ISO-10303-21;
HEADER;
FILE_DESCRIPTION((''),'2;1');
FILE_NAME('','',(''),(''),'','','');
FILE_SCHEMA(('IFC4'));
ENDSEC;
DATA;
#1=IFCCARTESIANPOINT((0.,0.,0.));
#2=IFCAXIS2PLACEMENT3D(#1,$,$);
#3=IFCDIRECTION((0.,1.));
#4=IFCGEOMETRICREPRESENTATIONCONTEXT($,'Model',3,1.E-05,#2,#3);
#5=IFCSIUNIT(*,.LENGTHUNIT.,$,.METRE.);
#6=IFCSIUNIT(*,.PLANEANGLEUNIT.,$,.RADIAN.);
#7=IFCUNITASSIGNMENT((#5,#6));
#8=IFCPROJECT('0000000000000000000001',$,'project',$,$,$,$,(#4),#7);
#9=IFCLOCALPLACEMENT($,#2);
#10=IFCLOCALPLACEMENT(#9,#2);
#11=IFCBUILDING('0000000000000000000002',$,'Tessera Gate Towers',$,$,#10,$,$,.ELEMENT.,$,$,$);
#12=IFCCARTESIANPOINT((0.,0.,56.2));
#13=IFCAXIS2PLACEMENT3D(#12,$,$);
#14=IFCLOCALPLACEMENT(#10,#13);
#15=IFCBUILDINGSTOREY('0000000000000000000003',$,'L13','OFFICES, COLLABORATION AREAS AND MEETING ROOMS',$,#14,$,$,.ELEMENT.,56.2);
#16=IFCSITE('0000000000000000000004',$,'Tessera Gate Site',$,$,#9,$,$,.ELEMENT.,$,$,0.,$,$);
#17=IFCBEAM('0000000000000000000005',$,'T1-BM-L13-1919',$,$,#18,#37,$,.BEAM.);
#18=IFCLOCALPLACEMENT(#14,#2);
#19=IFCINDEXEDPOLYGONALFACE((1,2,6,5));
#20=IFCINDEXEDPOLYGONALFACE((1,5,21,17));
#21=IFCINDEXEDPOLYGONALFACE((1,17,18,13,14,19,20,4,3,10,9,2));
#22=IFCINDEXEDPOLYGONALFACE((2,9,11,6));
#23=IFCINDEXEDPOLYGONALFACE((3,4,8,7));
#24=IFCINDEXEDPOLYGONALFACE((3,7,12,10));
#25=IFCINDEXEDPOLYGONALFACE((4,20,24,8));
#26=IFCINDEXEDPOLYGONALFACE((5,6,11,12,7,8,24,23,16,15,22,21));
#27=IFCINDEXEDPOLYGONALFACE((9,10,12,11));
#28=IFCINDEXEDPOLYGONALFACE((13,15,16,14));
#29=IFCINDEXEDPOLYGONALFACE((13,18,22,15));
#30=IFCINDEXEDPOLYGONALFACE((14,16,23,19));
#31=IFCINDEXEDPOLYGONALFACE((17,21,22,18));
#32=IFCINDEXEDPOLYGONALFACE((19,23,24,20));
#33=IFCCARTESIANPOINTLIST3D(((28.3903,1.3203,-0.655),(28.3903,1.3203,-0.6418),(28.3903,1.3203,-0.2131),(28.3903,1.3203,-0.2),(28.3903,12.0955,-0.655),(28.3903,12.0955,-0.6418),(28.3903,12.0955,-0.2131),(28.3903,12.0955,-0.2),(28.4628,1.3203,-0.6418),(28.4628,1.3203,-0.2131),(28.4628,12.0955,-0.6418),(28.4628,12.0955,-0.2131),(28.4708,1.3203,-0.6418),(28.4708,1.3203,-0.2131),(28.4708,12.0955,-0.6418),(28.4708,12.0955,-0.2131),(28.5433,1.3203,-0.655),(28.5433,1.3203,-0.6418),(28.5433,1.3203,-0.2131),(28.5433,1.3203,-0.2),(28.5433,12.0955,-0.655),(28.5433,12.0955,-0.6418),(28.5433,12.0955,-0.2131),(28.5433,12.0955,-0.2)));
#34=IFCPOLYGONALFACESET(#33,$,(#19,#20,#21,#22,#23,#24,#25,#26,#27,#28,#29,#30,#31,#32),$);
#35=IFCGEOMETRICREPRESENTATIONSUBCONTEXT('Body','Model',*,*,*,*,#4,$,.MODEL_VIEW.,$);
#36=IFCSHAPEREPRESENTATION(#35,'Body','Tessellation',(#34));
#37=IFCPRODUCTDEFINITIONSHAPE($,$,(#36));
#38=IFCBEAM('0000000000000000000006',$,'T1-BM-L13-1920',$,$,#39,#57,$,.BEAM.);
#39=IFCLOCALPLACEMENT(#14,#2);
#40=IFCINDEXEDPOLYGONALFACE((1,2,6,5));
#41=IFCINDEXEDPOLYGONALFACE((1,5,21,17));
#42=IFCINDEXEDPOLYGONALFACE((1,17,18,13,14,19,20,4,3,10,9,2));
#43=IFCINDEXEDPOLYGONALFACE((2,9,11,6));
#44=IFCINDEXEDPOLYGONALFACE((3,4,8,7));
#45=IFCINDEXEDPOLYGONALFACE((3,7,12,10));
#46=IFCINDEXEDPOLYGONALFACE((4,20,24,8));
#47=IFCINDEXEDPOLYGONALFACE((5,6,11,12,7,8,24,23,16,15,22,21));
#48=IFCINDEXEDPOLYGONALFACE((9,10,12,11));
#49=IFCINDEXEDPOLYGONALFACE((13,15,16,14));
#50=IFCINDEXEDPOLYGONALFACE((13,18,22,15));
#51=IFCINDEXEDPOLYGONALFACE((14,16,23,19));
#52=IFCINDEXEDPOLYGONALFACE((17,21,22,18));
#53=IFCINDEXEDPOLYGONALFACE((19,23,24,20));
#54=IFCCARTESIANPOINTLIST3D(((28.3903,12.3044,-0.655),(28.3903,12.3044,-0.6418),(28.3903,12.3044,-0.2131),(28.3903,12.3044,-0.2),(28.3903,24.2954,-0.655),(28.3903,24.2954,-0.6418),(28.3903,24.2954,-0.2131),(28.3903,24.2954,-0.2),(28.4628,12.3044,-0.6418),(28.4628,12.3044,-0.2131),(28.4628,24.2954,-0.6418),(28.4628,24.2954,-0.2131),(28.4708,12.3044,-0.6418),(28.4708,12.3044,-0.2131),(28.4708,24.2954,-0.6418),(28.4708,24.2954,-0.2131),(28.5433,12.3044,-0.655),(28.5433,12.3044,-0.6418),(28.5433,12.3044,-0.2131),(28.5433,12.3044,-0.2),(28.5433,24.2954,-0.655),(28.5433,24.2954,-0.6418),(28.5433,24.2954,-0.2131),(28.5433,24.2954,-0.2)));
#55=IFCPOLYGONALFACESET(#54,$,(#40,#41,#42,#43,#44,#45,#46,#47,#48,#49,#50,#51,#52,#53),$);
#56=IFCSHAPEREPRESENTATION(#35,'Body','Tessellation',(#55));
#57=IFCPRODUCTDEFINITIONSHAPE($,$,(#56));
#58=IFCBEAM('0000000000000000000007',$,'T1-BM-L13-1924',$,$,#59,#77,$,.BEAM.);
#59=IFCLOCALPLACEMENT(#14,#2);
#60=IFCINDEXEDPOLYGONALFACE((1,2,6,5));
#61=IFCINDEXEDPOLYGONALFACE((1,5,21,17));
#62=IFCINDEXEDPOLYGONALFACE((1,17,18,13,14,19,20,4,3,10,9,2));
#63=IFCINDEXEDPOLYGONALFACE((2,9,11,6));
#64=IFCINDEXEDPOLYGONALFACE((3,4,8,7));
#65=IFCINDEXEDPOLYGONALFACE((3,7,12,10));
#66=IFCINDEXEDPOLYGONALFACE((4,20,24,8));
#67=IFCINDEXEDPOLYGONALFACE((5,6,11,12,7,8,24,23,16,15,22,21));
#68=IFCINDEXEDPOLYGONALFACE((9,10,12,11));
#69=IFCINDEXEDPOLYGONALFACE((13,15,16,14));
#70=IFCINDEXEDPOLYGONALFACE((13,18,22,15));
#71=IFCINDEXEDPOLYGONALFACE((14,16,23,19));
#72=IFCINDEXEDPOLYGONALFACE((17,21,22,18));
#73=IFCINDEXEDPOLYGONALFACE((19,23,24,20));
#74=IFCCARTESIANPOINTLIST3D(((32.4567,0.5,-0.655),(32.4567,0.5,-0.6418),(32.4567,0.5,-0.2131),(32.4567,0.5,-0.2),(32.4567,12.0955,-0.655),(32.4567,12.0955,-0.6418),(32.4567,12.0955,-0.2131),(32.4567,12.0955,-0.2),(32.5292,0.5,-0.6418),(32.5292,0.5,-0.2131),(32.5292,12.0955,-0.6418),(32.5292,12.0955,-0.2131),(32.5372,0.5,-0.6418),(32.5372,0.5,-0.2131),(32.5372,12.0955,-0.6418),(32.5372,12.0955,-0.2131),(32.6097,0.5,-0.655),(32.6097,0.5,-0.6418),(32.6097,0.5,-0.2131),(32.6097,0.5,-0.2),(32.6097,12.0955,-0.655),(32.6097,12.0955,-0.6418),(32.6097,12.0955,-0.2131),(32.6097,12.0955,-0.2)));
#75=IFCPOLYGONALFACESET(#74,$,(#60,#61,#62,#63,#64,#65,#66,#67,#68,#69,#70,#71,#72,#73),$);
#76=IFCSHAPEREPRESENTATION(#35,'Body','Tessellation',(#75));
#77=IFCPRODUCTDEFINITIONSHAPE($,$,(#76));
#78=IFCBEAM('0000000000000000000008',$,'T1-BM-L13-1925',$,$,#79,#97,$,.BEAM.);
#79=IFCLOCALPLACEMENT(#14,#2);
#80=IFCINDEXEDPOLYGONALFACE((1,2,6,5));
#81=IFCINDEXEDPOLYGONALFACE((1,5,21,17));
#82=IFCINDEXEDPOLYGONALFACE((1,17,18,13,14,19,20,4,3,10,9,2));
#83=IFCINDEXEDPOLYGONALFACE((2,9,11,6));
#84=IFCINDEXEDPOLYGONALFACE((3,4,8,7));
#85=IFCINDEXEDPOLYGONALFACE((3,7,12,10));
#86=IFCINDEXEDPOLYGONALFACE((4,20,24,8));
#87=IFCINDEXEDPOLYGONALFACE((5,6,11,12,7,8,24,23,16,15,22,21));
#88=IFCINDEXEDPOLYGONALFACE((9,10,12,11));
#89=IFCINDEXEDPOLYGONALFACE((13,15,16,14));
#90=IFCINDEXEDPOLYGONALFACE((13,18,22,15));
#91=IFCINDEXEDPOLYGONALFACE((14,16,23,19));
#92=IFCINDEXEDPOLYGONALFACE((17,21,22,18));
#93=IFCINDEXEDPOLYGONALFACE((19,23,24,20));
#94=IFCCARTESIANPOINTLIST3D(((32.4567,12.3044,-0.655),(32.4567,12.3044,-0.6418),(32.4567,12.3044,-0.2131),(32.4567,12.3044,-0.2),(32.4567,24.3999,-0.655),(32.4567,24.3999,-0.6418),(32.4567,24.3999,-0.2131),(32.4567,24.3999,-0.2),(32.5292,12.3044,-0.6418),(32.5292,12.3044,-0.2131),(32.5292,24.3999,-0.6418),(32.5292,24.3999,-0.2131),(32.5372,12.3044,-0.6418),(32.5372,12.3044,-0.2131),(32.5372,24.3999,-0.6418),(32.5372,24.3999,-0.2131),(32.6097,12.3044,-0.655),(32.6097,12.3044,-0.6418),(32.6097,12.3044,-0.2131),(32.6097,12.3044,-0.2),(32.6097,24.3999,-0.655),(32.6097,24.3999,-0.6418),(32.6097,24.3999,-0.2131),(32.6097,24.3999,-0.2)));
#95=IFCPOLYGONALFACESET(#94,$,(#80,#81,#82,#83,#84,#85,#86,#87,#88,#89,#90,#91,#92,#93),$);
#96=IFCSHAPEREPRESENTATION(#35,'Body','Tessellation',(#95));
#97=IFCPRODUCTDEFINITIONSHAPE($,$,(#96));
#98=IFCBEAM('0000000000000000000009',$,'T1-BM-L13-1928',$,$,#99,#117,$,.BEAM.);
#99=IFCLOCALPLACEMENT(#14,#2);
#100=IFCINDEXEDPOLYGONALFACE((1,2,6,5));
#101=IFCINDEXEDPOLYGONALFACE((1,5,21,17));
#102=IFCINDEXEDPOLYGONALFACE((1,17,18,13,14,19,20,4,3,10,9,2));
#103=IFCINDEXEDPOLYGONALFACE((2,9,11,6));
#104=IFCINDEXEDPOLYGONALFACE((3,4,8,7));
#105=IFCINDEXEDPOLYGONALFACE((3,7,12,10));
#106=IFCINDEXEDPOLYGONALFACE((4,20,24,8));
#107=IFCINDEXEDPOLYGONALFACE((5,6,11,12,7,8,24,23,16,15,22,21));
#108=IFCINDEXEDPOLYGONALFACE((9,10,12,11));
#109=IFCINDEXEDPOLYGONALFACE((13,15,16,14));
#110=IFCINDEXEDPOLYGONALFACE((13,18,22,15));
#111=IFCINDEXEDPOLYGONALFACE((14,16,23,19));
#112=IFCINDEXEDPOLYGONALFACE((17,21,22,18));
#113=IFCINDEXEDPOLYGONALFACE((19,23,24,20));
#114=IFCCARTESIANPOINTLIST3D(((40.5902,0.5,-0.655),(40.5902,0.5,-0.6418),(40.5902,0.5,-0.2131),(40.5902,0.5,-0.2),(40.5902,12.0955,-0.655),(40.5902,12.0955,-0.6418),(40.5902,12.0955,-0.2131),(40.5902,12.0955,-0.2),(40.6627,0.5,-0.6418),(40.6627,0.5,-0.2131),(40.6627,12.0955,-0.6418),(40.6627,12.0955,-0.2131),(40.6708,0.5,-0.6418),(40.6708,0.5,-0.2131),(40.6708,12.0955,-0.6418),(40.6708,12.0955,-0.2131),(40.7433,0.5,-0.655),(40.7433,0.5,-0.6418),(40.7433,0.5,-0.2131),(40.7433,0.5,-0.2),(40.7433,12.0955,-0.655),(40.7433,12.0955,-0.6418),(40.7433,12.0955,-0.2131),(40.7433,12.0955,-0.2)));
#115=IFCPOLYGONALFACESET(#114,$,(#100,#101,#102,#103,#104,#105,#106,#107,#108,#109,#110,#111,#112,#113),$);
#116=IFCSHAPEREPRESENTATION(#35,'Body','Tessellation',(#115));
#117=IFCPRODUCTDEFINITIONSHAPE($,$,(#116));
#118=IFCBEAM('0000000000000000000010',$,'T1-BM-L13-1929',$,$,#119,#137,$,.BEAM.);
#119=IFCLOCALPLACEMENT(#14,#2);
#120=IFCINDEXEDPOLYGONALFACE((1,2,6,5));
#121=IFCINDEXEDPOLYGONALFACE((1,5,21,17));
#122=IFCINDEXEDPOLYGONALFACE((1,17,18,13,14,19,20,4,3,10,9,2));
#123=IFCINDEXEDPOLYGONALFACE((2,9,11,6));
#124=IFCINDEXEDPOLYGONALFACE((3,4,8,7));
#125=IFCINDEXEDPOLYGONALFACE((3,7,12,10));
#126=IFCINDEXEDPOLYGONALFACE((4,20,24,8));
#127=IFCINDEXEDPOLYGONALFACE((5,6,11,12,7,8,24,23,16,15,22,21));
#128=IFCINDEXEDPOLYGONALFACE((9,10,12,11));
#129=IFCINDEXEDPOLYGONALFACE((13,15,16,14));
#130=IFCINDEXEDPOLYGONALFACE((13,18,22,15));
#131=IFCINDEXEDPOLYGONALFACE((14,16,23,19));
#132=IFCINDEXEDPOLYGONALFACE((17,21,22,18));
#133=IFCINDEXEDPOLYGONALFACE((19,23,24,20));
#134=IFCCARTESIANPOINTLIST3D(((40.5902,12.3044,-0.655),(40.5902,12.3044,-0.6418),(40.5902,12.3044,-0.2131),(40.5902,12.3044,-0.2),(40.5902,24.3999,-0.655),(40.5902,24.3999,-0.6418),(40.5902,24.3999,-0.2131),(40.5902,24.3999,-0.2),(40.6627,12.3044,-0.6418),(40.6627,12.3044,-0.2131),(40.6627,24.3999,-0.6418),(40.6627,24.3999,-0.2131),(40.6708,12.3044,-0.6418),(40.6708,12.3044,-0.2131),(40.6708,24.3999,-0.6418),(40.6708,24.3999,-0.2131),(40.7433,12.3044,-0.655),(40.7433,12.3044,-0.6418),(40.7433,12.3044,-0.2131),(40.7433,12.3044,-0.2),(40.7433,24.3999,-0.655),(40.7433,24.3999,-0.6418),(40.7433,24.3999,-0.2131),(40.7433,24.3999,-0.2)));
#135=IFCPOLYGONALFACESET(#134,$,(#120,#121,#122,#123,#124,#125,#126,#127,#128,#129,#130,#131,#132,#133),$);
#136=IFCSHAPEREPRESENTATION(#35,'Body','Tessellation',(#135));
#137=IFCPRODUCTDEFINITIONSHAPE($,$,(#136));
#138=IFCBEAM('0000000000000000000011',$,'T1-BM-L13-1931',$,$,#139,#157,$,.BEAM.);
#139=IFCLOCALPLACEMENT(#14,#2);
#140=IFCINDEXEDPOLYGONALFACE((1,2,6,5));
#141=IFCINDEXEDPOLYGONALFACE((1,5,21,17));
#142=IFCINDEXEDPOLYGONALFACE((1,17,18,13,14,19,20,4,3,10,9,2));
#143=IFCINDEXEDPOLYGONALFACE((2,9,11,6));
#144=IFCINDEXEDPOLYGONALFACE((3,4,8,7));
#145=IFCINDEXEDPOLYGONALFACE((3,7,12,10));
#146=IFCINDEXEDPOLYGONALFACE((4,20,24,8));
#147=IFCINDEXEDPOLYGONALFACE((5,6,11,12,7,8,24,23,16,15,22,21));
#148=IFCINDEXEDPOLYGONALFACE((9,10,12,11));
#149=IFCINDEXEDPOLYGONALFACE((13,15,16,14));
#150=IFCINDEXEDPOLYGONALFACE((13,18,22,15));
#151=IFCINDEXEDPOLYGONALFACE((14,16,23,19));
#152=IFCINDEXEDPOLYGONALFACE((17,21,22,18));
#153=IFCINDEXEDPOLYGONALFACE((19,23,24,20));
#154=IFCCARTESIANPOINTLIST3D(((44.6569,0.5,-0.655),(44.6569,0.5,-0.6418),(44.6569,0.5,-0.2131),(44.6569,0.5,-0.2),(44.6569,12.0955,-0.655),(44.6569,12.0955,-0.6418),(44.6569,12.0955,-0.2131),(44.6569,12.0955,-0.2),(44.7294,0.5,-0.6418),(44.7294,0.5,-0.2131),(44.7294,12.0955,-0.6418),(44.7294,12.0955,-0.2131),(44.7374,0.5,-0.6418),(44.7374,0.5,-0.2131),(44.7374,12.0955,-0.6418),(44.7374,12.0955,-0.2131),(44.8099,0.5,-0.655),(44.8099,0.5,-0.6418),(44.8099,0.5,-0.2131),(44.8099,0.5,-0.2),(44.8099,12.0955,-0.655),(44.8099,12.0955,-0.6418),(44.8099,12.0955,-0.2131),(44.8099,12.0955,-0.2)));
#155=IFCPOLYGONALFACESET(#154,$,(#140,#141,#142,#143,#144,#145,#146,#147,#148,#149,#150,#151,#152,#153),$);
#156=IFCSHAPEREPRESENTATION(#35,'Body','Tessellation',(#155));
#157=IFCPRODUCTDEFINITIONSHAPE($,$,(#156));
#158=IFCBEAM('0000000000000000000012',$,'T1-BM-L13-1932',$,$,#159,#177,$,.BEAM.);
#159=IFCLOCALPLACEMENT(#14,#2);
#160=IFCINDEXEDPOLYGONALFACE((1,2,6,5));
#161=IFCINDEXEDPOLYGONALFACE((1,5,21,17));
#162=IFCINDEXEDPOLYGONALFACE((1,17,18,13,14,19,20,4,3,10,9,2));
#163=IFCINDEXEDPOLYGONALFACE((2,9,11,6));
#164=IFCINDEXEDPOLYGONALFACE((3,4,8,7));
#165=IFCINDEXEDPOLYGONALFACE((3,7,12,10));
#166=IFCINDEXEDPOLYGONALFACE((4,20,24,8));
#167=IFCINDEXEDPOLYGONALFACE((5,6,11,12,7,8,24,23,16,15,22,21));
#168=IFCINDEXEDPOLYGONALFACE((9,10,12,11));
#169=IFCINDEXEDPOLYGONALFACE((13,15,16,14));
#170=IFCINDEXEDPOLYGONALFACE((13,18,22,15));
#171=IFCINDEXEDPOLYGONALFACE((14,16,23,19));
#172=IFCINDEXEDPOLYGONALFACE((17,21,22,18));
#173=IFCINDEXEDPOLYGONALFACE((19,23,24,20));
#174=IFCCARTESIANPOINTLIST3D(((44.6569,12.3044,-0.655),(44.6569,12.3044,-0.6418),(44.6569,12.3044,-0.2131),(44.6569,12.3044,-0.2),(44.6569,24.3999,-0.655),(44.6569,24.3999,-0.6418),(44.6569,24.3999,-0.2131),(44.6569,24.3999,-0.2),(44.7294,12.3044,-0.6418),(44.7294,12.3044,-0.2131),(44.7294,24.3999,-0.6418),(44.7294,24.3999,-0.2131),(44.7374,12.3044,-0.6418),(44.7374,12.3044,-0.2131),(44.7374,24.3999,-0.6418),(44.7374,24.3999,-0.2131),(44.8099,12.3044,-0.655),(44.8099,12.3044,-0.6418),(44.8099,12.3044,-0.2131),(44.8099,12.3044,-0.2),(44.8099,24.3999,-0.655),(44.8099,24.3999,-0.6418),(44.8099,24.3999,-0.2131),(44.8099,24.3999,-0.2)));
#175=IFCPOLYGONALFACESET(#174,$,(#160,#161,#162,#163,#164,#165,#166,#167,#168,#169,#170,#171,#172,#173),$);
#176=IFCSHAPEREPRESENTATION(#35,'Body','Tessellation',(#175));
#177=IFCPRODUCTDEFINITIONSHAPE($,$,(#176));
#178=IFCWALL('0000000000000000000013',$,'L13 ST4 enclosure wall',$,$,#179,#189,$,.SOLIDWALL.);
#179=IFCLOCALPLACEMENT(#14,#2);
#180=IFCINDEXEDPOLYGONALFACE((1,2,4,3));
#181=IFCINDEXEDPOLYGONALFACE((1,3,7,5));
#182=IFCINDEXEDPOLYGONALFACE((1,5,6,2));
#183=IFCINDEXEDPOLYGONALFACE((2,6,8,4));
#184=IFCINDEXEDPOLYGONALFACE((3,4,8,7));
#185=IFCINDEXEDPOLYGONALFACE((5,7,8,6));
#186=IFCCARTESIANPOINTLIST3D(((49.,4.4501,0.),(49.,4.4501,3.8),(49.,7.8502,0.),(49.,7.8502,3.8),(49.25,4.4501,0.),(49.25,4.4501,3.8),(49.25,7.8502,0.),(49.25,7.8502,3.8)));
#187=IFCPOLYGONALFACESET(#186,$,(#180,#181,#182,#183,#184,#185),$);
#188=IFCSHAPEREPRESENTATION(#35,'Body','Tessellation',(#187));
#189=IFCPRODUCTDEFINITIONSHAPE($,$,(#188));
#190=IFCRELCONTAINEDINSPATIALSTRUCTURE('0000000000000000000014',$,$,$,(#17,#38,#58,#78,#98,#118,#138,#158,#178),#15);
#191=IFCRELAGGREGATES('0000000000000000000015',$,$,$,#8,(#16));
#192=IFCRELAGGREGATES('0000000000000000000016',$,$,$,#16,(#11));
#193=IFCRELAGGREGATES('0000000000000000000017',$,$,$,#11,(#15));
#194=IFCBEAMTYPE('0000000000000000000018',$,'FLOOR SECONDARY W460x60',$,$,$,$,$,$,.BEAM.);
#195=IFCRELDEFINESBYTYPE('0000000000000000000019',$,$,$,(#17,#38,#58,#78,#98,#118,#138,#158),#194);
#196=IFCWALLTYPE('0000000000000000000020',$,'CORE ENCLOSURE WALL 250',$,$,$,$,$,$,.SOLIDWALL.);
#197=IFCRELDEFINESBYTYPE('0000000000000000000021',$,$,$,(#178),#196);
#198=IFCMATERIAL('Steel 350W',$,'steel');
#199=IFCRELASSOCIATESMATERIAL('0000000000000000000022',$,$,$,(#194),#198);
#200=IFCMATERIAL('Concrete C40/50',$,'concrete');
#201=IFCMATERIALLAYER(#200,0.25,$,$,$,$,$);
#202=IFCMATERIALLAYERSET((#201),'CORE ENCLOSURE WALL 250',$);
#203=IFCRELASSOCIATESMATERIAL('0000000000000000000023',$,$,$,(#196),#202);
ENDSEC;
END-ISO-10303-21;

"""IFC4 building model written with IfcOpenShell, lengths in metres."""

from ifc_helpers import new_model, si_unit, direction, frame, frame_2d, origin, origin_2d, place, context, subcontext, project, spatial, rectangle, i_section, extrude, material, layer, layer_set, material_profile, profile_set, type_object, element, save


model = new_model("IFC4")

# Units and contexts
model_context = context("Model", 3, precision=1e-05, world=origin(), true_north=direction((0.0, 1.0)))
body_context = subcontext(model_context, "Body", "Model", "MODEL_VIEW")
ifc_project = project(units=[si_unit("LENGTHUNIT", "METRE"), si_unit("PLANEANGLEUNIT", "RADIAN")], contexts=[model_context])

# Site, building, storey
site_placement = place(None, origin())
site = spatial("IfcSite", under=ifc_project, at=site_placement, Name="Tessera Gate Site", CompositionType="ELEMENT", RefElevation=0.0)
building_placement = place(site_placement, origin())
building = spatial("IfcBuilding", under=site, at=building_placement, Name="Tessera Gate Towers", CompositionType="ELEMENT")
storey_placement = place(building_placement, frame((0.0, 0.0, 56.2)))
storey = spatial("IfcBuildingStorey", under=building, at=storey_placement, Name="L13", Description="OFFICES, COLLABORATION AREAS AND MEETING ROOMS", CompositionType="ELEMENT", Elevation=56.2)

# Beams
ifc_material_1 = material(Name="Steel 350W", Category="steel")
ifc_material_profile_1 = material_profile(ifc_material_1, i_section(OverallWidth=0.1531, OverallDepth=0.4551, WebThickness=0.0081, FlangeThickness=0.0132, at=origin_2d()), Name="W460x60")
ifc_profile_set_1 = profile_set([ifc_material_profile_1], Name="Steel 350W")
beam_type_1 = type_object("IfcBeamType", Name="FLOOR SECONDARY W460x60", PredefinedType="BEAM", material=ifc_profile_set_1)
beam_1_placement = place(storey_placement, frame((28.4668, 1.3203, -0.4275), z_axis=(0.0, 1.0, 0.0), x_axis=(-1.0, 0.0, 0.0)))
element("IfcBeam", 1, at=beam_1_placement, inside=storey, type_object=beam_type_1, Name="T1-BM-L13-1919", PredefinedType="BEAM", context=body_context, shape_type="SweptSolid", body=[
    extrude(i_section(OverallWidth=0.1531, OverallDepth=0.4551, WebThickness=0.0081, FlangeThickness=0.0132, at=origin_2d()), origin(), (0.0, 0.0, 1.0), 10.7751),
])
beam_2_placement = place(storey_placement, frame((28.4668, 12.3044, -0.4275), z_axis=(0.0, 1.0, 0.0), x_axis=(-1.0, 0.0, 0.0)))
element("IfcBeam", 2, at=beam_2_placement, inside=storey, type_object=beam_type_1, Name="T1-BM-L13-1920", PredefinedType="BEAM", context=body_context, shape_type="SweptSolid", body=[
    extrude(i_section(OverallWidth=0.1531, OverallDepth=0.4551, WebThickness=0.0081, FlangeThickness=0.0132, at=origin_2d()), origin(), (0.0, 0.0, 1.0), 11.991),
])
beam_3_placement = place(storey_placement, frame((32.5332, 0.5, -0.4275), z_axis=(0.0, 1.0, 0.0), x_axis=(-1.0, 0.0, 0.0)))
element("IfcBeam", 3, at=beam_3_placement, inside=storey, type_object=beam_type_1, Name="T1-BM-L13-1924", PredefinedType="BEAM", context=body_context, shape_type="SweptSolid", body=[
    extrude(i_section(OverallWidth=0.1531, OverallDepth=0.4551, WebThickness=0.0081, FlangeThickness=0.0132, at=origin_2d()), origin(), (0.0, 0.0, 1.0), 11.5955),
])
beam_4_placement = place(storey_placement, frame((32.5332, 12.3044, -0.4275), z_axis=(0.0, 1.0, 0.0), x_axis=(-1.0, 0.0, 0.0)))
element("IfcBeam", 4, at=beam_4_placement, inside=storey, type_object=beam_type_1, Name="T1-BM-L13-1925", PredefinedType="BEAM", context=body_context, shape_type="SweptSolid", body=[
    extrude(i_section(OverallWidth=0.1531, OverallDepth=0.4551, WebThickness=0.0081, FlangeThickness=0.0132, at=origin_2d()), origin(), (0.0, 0.0, 1.0), 12.0955),
])
beam_5_placement = place(storey_placement, frame((40.6667, 0.5, -0.4275), z_axis=(0.0, 1.0, 0.0), x_axis=(-1.0, 0.0, 0.0)))
element("IfcBeam", 5, at=beam_5_placement, inside=storey, type_object=beam_type_1, Name="T1-BM-L13-1928", PredefinedType="BEAM", context=body_context, shape_type="SweptSolid", body=[
    extrude(i_section(OverallWidth=0.1531, OverallDepth=0.4551, WebThickness=0.0081, FlangeThickness=0.0132, at=origin_2d()), origin(), (0.0, 0.0, 1.0), 11.5955),
])
beam_6_placement = place(storey_placement, frame((40.6667, 12.3044, -0.4275), z_axis=(0.0, 1.0, 0.0), x_axis=(-1.0, 0.0, 0.0)))
element("IfcBeam", 6, at=beam_6_placement, inside=storey, type_object=beam_type_1, Name="T1-BM-L13-1929", PredefinedType="BEAM", context=body_context, shape_type="SweptSolid", body=[
    extrude(i_section(OverallWidth=0.1531, OverallDepth=0.4551, WebThickness=0.0081, FlangeThickness=0.0132, at=origin_2d()), origin(), (0.0, 0.0, 1.0), 12.0955),
])
beam_7_placement = place(storey_placement, frame((44.7334, 0.5, -0.4275), z_axis=(0.0, 1.0, 0.0), x_axis=(-1.0, 0.0, 0.0)))
element("IfcBeam", 7, at=beam_7_placement, inside=storey, type_object=beam_type_1, Name="T1-BM-L13-1931", PredefinedType="BEAM", context=body_context, shape_type="SweptSolid", body=[
    extrude(i_section(OverallWidth=0.1531, OverallDepth=0.4551, WebThickness=0.0081, FlangeThickness=0.0132, at=origin_2d()), origin(), (0.0, 0.0, 1.0), 11.5955),
])
beam_8_placement = place(storey_placement, frame((44.7334, 12.3044, -0.4275), z_axis=(0.0, 1.0, 0.0), x_axis=(-1.0, 0.0, 0.0)))
element("IfcBeam", 8, at=beam_8_placement, inside=storey, type_object=beam_type_1, Name="T1-BM-L13-1932", PredefinedType="BEAM", context=body_context, shape_type="SweptSolid", body=[
    extrude(i_section(OverallWidth=0.1531, OverallDepth=0.4551, WebThickness=0.0081, FlangeThickness=0.0132, at=origin_2d()), origin(), (0.0, 0.0, 1.0), 12.0955),
])

# Wall
ifc_material_2 = material(Name="Concrete C40/50", Category="concrete")
ifc_layer_1 = layer(ifc_material_2, 0.25)
ifc_layer_set_1 = layer_set([ifc_layer_1], Name="CORE ENCLOSURE WALL 250")
wall_type_1 = type_object("IfcWallType", Name="CORE ENCLOSURE WALL 250", PredefinedType="SOLIDWALL", material=ifc_layer_set_1)
wall_1_placement = place(storey_placement, frame((49.125, 4.45, 0.0), z_axis=(0.0, 0.0, 1.0), x_axis=(0.0, 1.0, 0.0)))
element("IfcWall", 9, at=wall_1_placement, inside=storey, type_object=wall_type_1, Name="L13 ST4 enclosure wall", PredefinedType="SOLIDWALL", context=body_context, shape_type="SweptSolid", body=[
    extrude(rectangle(XDim=3.4001, YDim=0.25, at=frame_2d((1.7002, 0.0))), origin(), (0.0, 0.0, 1.0), 3.8),
])

save(model, "model.ifc")
